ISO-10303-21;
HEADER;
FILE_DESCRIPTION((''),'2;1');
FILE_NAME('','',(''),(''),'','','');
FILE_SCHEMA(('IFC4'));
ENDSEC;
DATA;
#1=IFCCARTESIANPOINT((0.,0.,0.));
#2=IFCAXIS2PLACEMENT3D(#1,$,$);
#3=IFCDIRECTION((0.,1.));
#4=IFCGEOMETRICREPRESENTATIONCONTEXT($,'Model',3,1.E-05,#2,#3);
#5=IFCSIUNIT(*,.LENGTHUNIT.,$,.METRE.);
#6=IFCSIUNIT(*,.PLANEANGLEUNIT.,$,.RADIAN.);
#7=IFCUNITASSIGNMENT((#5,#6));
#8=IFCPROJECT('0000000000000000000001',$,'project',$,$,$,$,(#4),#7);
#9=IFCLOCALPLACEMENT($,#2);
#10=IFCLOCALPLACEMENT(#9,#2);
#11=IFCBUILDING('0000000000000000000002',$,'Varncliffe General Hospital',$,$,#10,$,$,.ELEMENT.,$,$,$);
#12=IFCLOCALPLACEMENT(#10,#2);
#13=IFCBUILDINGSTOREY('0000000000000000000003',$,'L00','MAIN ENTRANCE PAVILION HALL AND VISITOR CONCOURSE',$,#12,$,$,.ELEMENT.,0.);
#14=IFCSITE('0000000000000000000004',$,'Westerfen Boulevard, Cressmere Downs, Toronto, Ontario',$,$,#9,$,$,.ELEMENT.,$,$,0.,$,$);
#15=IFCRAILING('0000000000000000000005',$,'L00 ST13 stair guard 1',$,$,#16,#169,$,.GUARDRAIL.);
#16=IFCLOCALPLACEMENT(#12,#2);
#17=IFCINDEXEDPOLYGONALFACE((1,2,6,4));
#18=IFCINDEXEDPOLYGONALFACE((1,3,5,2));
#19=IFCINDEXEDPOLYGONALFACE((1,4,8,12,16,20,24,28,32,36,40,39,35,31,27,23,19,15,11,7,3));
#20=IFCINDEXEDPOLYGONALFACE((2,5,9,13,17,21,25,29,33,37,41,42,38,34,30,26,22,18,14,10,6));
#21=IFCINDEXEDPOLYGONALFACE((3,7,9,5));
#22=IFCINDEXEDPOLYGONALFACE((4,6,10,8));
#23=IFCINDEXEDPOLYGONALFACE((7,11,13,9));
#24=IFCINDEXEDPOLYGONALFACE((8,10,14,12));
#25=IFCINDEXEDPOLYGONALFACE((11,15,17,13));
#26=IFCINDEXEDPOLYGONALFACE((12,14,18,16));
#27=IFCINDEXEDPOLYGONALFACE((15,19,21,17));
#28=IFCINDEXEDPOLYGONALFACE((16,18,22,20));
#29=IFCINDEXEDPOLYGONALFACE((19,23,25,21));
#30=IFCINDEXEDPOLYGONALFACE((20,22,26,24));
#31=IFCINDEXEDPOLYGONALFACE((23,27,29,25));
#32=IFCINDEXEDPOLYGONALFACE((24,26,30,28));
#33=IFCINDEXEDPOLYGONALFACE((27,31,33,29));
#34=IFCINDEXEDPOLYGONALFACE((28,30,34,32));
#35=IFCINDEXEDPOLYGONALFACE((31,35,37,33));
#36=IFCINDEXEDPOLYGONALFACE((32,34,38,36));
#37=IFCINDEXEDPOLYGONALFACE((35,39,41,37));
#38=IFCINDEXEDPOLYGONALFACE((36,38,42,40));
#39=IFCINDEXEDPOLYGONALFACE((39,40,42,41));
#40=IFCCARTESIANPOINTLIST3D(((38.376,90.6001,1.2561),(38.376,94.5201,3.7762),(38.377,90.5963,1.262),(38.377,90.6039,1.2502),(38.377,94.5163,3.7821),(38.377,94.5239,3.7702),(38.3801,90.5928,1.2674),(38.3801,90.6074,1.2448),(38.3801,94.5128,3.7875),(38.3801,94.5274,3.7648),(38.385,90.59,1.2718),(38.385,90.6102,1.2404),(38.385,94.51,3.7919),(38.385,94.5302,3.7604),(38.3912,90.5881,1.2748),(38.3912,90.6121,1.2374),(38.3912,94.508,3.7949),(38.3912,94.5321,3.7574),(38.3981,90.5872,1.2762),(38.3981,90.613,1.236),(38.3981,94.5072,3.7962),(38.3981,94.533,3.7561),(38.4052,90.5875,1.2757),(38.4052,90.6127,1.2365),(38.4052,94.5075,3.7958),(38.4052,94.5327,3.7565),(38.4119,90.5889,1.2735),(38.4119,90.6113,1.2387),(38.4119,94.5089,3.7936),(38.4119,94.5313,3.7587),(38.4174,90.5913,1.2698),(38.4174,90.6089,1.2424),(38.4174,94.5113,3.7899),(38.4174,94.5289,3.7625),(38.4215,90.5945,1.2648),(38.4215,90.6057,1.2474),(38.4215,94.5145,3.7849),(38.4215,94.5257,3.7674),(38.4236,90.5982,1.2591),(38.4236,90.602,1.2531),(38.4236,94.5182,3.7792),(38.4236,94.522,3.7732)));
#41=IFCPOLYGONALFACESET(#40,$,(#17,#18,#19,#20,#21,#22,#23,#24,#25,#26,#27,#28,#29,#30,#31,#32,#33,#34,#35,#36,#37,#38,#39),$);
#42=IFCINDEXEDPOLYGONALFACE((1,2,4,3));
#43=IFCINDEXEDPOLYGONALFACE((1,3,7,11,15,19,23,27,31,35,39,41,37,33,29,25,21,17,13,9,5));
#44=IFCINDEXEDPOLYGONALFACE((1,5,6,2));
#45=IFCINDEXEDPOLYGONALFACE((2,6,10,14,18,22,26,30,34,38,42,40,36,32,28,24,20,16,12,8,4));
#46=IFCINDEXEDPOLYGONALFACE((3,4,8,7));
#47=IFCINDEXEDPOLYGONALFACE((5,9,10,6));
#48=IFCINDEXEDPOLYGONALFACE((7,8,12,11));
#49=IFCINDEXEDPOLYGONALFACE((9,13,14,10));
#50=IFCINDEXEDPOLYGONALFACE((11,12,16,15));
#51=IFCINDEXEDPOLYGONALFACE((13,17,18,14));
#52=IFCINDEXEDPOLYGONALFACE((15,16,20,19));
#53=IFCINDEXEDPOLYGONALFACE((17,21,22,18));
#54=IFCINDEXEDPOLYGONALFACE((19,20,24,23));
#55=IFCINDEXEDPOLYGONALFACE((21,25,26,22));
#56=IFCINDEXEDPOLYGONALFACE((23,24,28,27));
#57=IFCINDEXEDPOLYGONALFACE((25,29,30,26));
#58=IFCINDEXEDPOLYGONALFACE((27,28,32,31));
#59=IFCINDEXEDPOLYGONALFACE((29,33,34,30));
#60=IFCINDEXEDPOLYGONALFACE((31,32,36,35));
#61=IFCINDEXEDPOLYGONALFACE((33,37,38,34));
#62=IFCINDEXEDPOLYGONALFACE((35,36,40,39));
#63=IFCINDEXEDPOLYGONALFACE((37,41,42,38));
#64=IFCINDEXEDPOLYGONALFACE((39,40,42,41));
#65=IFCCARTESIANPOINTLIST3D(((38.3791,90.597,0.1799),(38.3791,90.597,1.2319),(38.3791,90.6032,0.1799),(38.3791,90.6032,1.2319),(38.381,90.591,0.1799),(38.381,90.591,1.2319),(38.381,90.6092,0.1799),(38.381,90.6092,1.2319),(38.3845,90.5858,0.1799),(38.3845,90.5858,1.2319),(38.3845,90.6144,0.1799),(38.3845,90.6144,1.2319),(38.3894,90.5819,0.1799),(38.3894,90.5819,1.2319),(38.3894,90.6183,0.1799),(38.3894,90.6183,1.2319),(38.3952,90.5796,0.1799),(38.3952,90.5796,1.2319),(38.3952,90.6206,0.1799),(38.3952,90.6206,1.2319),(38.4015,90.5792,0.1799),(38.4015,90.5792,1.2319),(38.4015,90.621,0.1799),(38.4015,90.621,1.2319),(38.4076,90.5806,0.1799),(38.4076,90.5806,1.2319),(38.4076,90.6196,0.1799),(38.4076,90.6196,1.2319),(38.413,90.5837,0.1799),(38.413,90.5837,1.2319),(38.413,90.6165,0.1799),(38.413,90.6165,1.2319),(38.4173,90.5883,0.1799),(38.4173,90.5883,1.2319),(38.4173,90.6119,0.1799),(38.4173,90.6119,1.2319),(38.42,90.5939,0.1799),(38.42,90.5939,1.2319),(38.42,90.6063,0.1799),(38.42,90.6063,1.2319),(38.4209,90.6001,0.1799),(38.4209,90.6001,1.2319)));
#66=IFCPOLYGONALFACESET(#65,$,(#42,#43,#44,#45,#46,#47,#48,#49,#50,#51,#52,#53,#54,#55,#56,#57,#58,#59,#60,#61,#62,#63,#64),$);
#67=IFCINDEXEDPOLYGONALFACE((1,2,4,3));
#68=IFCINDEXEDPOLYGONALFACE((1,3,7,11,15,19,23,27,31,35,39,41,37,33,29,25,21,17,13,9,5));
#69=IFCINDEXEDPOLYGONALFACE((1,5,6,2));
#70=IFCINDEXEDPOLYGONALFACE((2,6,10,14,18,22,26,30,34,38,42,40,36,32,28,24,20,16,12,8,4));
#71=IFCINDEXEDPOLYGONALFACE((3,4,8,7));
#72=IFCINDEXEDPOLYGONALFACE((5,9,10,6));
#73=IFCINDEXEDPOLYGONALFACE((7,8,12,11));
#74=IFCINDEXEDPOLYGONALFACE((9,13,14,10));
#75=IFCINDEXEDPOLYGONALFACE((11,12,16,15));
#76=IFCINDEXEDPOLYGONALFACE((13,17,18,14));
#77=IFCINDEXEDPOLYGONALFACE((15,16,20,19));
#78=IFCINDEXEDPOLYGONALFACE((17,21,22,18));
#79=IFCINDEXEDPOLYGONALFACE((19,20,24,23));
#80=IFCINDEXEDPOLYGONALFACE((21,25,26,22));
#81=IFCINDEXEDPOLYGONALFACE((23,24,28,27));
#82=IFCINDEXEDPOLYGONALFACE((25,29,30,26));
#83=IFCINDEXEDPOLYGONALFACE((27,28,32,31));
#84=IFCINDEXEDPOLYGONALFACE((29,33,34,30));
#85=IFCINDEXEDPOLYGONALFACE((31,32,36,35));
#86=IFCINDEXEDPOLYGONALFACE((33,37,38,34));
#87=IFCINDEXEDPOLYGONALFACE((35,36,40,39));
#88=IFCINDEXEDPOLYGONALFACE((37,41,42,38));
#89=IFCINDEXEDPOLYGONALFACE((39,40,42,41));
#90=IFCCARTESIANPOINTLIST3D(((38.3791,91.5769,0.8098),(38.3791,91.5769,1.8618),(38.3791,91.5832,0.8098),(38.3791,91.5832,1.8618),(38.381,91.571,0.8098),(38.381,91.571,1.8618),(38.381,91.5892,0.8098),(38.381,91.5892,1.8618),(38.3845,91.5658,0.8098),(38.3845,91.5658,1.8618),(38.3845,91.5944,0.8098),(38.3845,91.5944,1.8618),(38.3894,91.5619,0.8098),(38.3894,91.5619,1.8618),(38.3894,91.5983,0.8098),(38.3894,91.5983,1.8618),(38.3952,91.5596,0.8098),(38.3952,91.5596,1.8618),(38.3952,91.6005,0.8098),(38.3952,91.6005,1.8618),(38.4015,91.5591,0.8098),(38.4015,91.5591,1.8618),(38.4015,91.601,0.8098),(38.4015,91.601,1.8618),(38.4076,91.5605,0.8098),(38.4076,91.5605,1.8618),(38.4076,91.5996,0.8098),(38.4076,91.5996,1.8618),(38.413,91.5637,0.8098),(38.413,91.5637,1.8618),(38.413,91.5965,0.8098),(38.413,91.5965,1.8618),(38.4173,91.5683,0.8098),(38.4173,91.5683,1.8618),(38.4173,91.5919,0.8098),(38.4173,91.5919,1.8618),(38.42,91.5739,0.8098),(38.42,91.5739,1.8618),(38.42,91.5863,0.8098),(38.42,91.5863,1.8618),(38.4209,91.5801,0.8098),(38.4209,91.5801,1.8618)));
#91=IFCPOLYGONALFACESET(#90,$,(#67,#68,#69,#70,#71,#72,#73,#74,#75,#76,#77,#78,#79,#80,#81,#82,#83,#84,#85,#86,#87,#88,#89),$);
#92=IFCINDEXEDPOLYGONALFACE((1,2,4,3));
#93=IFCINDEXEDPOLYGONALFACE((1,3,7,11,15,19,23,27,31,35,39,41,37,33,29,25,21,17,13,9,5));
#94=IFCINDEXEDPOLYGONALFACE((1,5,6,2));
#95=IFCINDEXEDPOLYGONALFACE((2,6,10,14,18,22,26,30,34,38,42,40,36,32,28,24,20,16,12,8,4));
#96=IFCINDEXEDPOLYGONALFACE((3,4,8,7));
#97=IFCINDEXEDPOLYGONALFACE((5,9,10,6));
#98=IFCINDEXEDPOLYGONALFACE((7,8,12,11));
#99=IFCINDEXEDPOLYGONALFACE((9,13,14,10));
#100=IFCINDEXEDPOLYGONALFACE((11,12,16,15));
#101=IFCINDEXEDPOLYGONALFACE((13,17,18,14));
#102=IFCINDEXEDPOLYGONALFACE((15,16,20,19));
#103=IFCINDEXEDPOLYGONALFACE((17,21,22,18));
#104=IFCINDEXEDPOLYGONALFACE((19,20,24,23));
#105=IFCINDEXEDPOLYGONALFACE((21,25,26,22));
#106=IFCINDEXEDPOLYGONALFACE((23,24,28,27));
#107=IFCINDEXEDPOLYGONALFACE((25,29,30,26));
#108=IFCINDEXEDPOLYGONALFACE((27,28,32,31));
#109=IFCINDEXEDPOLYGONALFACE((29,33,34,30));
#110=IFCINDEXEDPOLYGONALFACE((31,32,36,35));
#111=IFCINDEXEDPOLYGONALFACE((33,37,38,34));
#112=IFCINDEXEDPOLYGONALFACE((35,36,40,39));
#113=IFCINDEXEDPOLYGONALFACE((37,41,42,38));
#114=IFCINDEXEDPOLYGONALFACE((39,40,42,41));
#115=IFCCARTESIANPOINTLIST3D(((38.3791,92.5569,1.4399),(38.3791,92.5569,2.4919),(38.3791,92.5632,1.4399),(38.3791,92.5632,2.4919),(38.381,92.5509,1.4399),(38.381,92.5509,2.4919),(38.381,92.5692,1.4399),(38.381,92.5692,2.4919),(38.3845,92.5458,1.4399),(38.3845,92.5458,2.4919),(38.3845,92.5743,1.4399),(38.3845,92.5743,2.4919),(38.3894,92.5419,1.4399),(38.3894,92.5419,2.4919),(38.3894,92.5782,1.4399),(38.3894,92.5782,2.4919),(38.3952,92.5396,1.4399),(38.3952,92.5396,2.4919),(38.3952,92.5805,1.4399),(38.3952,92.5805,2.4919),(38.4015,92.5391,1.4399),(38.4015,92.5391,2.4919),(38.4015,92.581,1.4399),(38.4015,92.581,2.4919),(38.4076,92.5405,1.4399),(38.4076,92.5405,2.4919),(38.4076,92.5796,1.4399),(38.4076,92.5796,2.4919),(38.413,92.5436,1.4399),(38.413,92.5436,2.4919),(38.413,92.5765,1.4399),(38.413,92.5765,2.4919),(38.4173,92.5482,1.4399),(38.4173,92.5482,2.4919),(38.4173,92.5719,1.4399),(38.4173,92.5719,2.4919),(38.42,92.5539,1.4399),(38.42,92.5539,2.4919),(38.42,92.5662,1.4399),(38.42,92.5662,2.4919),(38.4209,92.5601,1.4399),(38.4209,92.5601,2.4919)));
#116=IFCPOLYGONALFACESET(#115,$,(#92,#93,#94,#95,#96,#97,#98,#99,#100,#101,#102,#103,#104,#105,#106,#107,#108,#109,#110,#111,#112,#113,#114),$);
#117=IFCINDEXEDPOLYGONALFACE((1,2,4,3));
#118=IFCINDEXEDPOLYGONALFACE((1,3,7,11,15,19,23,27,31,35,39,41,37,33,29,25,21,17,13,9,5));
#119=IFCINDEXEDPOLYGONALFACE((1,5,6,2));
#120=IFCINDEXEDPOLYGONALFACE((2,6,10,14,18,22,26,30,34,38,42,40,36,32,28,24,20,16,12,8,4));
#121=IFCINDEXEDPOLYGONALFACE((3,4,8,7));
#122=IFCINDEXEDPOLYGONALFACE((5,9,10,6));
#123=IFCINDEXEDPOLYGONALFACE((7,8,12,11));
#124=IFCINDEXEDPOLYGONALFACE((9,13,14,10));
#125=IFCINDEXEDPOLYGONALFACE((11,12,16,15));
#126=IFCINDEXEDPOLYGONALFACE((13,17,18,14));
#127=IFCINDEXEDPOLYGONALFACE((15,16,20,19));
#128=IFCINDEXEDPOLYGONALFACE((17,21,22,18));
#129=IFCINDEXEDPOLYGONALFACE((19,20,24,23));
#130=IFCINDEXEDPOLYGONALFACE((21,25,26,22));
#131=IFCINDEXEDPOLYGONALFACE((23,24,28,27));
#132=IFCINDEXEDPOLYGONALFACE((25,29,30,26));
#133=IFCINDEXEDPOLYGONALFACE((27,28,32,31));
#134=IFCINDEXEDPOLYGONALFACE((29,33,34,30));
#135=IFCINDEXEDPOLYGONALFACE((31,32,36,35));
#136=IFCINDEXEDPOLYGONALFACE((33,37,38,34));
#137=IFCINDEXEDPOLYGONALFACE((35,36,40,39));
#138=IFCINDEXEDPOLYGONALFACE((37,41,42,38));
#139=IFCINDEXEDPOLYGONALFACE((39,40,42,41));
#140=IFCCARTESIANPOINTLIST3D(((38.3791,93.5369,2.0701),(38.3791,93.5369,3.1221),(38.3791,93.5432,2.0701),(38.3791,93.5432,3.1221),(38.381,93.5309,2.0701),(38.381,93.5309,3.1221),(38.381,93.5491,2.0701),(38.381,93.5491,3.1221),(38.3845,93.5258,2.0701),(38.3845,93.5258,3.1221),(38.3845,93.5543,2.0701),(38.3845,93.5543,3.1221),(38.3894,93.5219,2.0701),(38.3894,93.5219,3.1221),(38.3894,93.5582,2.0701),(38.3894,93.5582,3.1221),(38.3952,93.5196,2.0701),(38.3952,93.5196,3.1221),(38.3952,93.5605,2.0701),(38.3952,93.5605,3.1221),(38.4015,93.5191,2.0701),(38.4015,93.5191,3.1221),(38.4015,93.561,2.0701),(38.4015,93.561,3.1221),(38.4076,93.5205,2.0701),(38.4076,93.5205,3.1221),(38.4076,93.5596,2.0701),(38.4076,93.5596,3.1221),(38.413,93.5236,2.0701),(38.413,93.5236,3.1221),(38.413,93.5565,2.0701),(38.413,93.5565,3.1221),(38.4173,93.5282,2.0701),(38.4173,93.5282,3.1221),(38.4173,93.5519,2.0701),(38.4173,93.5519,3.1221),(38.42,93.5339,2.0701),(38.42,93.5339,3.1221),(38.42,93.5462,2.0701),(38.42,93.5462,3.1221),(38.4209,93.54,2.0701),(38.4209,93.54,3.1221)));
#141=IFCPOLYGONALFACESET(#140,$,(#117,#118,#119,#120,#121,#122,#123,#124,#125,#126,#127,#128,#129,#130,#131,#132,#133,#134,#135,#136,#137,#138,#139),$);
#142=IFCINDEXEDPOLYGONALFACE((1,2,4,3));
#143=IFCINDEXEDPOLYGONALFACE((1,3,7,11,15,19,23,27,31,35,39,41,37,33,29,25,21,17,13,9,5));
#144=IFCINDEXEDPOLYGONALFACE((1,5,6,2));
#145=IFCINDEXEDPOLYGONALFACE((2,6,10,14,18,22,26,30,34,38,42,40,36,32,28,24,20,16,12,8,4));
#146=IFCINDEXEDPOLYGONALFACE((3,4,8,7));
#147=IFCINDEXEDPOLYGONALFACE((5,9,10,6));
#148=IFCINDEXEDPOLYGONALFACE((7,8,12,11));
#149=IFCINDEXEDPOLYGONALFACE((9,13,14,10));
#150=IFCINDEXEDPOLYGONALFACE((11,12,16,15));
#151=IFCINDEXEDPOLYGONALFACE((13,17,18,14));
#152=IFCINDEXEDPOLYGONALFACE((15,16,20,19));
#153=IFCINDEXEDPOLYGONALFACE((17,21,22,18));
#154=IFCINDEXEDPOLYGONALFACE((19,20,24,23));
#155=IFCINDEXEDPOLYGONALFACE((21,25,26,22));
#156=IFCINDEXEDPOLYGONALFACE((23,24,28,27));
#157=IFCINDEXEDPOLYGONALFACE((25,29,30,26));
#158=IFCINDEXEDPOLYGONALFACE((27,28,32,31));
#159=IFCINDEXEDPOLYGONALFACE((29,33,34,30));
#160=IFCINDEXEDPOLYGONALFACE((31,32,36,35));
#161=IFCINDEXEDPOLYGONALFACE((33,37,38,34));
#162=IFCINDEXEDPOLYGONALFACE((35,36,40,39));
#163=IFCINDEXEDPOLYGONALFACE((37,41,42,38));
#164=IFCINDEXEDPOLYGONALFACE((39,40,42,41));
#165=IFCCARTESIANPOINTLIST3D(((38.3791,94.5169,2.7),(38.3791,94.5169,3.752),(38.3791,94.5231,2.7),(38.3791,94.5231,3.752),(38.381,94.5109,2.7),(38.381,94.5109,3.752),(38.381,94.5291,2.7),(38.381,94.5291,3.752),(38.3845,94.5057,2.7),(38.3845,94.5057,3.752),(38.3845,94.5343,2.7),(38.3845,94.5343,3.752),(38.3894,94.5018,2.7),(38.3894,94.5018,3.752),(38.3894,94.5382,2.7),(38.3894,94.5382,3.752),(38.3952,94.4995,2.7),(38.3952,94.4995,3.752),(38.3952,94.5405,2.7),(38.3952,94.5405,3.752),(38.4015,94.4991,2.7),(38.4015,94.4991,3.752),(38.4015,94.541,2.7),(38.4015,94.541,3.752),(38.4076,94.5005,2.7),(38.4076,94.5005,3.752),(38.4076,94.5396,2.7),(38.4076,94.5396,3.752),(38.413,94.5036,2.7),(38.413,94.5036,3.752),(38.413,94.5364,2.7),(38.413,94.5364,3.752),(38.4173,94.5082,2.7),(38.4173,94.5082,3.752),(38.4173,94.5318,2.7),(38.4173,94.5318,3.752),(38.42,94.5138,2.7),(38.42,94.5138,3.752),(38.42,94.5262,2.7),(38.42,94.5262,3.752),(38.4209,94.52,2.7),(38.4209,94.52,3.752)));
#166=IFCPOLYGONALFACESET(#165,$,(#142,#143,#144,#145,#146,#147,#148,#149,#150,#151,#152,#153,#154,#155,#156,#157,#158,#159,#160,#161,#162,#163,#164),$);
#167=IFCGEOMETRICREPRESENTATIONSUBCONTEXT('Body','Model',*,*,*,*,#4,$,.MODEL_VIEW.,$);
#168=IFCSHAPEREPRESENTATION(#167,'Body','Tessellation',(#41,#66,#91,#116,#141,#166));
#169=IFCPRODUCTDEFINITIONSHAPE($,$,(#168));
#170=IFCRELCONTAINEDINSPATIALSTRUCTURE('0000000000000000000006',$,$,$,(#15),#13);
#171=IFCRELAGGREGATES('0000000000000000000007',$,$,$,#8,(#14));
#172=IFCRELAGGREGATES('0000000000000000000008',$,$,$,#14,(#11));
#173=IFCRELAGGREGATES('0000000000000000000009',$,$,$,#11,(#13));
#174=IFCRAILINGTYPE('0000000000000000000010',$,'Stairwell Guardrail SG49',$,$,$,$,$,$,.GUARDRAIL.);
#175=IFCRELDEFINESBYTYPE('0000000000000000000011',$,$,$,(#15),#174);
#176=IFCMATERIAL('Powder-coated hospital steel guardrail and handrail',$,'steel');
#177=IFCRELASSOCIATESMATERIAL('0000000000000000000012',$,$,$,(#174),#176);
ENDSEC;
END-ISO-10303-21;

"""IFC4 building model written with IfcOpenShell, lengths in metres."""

from ifc_helpers import new_model, si_unit, direction, frame, origin, origin_2d, place, context, subcontext, project, spatial, circle, extrude, material, type_object, element, save


model = new_model("IFC4")

# Units and contexts
model_context = context("Model", 3, precision=1e-05, world=origin(), true_north=direction((0.0, 1.0)))
body_context = subcontext(model_context, "Body", "Model", "MODEL_VIEW")
ifc_project = project(units=[si_unit("LENGTHUNIT", "METRE"), si_unit("PLANEANGLEUNIT", "RADIAN")], contexts=[model_context])

# Site, building, storey
site_placement = place(None, origin())
site = spatial("IfcSite", under=ifc_project, at=site_placement, Name="Westerfen Boulevard, Cressmere Downs, Toronto, Ontario", CompositionType="ELEMENT", RefElevation=0.0)
building_placement = place(site_placement, origin())
building = spatial("IfcBuilding", under=site, at=building_placement, Name="Varncliffe General Hospital", CompositionType="ELEMENT")
storey_placement = place(building_placement, origin())
storey = spatial("IfcBuildingStorey", under=building, at=storey_placement, Name="L00", Description="MAIN ENTRANCE PAVILION HALL AND VISITOR CONCOURSE", CompositionType="ELEMENT", Elevation=0.0)

# Railing
ifc_material_1 = material(Name="Powder-coated hospital steel guardrail and handrail", Category="steel")
railing_type_1 = type_object("IfcRailingType", Name="Stairwell Guardrail SG49", PredefinedType="GUARDRAIL", material=ifc_material_1)
railing_1_placement = place(storey_placement, frame((38.3999, 90.6001, 0.1799)))
element("IfcRailing", 1, at=railing_1_placement, inside=storey, type_object=railing_type_1, Name="L00 ST13 stair guard 1", PredefinedType="GUARDRAIL", context=body_context, shape_type="SweptSolid", body=[
    extrude(circle(Radius=0.0239, at=origin_2d()), frame((0.0, 0.0, 1.0762), z_axis=(0.0, 0.841172, 0.540768), x_axis=(-1.0, 0.0, 0.0)), (0.0, 0.0, 1.0), 4.6602),
    extrude(circle(Radius=0.021, at=origin_2d()), origin(), (0.0, 0.0, 1.0), 1.052),
    extrude(circle(Radius=0.021, at=origin_2d()), frame((0.0, 0.98, 0.6299)), (0.0, 0.0, 1.0), 1.052),
    extrude(circle(Radius=0.021, at=origin_2d()), frame((0.0, 1.96, 1.26)), (0.0, 0.0, 1.0), 1.052),
    extrude(circle(Radius=0.021, at=origin_2d()), frame((0.0, 2.9399, 1.8901)), (0.0, 0.0, 1.0), 1.052),
    extrude(circle(Radius=0.021, at=origin_2d()), frame((0.0, 3.9199, 2.52)), (0.0, 0.0, 1.0), 1.052),
])

save(model, "model.ifc")
